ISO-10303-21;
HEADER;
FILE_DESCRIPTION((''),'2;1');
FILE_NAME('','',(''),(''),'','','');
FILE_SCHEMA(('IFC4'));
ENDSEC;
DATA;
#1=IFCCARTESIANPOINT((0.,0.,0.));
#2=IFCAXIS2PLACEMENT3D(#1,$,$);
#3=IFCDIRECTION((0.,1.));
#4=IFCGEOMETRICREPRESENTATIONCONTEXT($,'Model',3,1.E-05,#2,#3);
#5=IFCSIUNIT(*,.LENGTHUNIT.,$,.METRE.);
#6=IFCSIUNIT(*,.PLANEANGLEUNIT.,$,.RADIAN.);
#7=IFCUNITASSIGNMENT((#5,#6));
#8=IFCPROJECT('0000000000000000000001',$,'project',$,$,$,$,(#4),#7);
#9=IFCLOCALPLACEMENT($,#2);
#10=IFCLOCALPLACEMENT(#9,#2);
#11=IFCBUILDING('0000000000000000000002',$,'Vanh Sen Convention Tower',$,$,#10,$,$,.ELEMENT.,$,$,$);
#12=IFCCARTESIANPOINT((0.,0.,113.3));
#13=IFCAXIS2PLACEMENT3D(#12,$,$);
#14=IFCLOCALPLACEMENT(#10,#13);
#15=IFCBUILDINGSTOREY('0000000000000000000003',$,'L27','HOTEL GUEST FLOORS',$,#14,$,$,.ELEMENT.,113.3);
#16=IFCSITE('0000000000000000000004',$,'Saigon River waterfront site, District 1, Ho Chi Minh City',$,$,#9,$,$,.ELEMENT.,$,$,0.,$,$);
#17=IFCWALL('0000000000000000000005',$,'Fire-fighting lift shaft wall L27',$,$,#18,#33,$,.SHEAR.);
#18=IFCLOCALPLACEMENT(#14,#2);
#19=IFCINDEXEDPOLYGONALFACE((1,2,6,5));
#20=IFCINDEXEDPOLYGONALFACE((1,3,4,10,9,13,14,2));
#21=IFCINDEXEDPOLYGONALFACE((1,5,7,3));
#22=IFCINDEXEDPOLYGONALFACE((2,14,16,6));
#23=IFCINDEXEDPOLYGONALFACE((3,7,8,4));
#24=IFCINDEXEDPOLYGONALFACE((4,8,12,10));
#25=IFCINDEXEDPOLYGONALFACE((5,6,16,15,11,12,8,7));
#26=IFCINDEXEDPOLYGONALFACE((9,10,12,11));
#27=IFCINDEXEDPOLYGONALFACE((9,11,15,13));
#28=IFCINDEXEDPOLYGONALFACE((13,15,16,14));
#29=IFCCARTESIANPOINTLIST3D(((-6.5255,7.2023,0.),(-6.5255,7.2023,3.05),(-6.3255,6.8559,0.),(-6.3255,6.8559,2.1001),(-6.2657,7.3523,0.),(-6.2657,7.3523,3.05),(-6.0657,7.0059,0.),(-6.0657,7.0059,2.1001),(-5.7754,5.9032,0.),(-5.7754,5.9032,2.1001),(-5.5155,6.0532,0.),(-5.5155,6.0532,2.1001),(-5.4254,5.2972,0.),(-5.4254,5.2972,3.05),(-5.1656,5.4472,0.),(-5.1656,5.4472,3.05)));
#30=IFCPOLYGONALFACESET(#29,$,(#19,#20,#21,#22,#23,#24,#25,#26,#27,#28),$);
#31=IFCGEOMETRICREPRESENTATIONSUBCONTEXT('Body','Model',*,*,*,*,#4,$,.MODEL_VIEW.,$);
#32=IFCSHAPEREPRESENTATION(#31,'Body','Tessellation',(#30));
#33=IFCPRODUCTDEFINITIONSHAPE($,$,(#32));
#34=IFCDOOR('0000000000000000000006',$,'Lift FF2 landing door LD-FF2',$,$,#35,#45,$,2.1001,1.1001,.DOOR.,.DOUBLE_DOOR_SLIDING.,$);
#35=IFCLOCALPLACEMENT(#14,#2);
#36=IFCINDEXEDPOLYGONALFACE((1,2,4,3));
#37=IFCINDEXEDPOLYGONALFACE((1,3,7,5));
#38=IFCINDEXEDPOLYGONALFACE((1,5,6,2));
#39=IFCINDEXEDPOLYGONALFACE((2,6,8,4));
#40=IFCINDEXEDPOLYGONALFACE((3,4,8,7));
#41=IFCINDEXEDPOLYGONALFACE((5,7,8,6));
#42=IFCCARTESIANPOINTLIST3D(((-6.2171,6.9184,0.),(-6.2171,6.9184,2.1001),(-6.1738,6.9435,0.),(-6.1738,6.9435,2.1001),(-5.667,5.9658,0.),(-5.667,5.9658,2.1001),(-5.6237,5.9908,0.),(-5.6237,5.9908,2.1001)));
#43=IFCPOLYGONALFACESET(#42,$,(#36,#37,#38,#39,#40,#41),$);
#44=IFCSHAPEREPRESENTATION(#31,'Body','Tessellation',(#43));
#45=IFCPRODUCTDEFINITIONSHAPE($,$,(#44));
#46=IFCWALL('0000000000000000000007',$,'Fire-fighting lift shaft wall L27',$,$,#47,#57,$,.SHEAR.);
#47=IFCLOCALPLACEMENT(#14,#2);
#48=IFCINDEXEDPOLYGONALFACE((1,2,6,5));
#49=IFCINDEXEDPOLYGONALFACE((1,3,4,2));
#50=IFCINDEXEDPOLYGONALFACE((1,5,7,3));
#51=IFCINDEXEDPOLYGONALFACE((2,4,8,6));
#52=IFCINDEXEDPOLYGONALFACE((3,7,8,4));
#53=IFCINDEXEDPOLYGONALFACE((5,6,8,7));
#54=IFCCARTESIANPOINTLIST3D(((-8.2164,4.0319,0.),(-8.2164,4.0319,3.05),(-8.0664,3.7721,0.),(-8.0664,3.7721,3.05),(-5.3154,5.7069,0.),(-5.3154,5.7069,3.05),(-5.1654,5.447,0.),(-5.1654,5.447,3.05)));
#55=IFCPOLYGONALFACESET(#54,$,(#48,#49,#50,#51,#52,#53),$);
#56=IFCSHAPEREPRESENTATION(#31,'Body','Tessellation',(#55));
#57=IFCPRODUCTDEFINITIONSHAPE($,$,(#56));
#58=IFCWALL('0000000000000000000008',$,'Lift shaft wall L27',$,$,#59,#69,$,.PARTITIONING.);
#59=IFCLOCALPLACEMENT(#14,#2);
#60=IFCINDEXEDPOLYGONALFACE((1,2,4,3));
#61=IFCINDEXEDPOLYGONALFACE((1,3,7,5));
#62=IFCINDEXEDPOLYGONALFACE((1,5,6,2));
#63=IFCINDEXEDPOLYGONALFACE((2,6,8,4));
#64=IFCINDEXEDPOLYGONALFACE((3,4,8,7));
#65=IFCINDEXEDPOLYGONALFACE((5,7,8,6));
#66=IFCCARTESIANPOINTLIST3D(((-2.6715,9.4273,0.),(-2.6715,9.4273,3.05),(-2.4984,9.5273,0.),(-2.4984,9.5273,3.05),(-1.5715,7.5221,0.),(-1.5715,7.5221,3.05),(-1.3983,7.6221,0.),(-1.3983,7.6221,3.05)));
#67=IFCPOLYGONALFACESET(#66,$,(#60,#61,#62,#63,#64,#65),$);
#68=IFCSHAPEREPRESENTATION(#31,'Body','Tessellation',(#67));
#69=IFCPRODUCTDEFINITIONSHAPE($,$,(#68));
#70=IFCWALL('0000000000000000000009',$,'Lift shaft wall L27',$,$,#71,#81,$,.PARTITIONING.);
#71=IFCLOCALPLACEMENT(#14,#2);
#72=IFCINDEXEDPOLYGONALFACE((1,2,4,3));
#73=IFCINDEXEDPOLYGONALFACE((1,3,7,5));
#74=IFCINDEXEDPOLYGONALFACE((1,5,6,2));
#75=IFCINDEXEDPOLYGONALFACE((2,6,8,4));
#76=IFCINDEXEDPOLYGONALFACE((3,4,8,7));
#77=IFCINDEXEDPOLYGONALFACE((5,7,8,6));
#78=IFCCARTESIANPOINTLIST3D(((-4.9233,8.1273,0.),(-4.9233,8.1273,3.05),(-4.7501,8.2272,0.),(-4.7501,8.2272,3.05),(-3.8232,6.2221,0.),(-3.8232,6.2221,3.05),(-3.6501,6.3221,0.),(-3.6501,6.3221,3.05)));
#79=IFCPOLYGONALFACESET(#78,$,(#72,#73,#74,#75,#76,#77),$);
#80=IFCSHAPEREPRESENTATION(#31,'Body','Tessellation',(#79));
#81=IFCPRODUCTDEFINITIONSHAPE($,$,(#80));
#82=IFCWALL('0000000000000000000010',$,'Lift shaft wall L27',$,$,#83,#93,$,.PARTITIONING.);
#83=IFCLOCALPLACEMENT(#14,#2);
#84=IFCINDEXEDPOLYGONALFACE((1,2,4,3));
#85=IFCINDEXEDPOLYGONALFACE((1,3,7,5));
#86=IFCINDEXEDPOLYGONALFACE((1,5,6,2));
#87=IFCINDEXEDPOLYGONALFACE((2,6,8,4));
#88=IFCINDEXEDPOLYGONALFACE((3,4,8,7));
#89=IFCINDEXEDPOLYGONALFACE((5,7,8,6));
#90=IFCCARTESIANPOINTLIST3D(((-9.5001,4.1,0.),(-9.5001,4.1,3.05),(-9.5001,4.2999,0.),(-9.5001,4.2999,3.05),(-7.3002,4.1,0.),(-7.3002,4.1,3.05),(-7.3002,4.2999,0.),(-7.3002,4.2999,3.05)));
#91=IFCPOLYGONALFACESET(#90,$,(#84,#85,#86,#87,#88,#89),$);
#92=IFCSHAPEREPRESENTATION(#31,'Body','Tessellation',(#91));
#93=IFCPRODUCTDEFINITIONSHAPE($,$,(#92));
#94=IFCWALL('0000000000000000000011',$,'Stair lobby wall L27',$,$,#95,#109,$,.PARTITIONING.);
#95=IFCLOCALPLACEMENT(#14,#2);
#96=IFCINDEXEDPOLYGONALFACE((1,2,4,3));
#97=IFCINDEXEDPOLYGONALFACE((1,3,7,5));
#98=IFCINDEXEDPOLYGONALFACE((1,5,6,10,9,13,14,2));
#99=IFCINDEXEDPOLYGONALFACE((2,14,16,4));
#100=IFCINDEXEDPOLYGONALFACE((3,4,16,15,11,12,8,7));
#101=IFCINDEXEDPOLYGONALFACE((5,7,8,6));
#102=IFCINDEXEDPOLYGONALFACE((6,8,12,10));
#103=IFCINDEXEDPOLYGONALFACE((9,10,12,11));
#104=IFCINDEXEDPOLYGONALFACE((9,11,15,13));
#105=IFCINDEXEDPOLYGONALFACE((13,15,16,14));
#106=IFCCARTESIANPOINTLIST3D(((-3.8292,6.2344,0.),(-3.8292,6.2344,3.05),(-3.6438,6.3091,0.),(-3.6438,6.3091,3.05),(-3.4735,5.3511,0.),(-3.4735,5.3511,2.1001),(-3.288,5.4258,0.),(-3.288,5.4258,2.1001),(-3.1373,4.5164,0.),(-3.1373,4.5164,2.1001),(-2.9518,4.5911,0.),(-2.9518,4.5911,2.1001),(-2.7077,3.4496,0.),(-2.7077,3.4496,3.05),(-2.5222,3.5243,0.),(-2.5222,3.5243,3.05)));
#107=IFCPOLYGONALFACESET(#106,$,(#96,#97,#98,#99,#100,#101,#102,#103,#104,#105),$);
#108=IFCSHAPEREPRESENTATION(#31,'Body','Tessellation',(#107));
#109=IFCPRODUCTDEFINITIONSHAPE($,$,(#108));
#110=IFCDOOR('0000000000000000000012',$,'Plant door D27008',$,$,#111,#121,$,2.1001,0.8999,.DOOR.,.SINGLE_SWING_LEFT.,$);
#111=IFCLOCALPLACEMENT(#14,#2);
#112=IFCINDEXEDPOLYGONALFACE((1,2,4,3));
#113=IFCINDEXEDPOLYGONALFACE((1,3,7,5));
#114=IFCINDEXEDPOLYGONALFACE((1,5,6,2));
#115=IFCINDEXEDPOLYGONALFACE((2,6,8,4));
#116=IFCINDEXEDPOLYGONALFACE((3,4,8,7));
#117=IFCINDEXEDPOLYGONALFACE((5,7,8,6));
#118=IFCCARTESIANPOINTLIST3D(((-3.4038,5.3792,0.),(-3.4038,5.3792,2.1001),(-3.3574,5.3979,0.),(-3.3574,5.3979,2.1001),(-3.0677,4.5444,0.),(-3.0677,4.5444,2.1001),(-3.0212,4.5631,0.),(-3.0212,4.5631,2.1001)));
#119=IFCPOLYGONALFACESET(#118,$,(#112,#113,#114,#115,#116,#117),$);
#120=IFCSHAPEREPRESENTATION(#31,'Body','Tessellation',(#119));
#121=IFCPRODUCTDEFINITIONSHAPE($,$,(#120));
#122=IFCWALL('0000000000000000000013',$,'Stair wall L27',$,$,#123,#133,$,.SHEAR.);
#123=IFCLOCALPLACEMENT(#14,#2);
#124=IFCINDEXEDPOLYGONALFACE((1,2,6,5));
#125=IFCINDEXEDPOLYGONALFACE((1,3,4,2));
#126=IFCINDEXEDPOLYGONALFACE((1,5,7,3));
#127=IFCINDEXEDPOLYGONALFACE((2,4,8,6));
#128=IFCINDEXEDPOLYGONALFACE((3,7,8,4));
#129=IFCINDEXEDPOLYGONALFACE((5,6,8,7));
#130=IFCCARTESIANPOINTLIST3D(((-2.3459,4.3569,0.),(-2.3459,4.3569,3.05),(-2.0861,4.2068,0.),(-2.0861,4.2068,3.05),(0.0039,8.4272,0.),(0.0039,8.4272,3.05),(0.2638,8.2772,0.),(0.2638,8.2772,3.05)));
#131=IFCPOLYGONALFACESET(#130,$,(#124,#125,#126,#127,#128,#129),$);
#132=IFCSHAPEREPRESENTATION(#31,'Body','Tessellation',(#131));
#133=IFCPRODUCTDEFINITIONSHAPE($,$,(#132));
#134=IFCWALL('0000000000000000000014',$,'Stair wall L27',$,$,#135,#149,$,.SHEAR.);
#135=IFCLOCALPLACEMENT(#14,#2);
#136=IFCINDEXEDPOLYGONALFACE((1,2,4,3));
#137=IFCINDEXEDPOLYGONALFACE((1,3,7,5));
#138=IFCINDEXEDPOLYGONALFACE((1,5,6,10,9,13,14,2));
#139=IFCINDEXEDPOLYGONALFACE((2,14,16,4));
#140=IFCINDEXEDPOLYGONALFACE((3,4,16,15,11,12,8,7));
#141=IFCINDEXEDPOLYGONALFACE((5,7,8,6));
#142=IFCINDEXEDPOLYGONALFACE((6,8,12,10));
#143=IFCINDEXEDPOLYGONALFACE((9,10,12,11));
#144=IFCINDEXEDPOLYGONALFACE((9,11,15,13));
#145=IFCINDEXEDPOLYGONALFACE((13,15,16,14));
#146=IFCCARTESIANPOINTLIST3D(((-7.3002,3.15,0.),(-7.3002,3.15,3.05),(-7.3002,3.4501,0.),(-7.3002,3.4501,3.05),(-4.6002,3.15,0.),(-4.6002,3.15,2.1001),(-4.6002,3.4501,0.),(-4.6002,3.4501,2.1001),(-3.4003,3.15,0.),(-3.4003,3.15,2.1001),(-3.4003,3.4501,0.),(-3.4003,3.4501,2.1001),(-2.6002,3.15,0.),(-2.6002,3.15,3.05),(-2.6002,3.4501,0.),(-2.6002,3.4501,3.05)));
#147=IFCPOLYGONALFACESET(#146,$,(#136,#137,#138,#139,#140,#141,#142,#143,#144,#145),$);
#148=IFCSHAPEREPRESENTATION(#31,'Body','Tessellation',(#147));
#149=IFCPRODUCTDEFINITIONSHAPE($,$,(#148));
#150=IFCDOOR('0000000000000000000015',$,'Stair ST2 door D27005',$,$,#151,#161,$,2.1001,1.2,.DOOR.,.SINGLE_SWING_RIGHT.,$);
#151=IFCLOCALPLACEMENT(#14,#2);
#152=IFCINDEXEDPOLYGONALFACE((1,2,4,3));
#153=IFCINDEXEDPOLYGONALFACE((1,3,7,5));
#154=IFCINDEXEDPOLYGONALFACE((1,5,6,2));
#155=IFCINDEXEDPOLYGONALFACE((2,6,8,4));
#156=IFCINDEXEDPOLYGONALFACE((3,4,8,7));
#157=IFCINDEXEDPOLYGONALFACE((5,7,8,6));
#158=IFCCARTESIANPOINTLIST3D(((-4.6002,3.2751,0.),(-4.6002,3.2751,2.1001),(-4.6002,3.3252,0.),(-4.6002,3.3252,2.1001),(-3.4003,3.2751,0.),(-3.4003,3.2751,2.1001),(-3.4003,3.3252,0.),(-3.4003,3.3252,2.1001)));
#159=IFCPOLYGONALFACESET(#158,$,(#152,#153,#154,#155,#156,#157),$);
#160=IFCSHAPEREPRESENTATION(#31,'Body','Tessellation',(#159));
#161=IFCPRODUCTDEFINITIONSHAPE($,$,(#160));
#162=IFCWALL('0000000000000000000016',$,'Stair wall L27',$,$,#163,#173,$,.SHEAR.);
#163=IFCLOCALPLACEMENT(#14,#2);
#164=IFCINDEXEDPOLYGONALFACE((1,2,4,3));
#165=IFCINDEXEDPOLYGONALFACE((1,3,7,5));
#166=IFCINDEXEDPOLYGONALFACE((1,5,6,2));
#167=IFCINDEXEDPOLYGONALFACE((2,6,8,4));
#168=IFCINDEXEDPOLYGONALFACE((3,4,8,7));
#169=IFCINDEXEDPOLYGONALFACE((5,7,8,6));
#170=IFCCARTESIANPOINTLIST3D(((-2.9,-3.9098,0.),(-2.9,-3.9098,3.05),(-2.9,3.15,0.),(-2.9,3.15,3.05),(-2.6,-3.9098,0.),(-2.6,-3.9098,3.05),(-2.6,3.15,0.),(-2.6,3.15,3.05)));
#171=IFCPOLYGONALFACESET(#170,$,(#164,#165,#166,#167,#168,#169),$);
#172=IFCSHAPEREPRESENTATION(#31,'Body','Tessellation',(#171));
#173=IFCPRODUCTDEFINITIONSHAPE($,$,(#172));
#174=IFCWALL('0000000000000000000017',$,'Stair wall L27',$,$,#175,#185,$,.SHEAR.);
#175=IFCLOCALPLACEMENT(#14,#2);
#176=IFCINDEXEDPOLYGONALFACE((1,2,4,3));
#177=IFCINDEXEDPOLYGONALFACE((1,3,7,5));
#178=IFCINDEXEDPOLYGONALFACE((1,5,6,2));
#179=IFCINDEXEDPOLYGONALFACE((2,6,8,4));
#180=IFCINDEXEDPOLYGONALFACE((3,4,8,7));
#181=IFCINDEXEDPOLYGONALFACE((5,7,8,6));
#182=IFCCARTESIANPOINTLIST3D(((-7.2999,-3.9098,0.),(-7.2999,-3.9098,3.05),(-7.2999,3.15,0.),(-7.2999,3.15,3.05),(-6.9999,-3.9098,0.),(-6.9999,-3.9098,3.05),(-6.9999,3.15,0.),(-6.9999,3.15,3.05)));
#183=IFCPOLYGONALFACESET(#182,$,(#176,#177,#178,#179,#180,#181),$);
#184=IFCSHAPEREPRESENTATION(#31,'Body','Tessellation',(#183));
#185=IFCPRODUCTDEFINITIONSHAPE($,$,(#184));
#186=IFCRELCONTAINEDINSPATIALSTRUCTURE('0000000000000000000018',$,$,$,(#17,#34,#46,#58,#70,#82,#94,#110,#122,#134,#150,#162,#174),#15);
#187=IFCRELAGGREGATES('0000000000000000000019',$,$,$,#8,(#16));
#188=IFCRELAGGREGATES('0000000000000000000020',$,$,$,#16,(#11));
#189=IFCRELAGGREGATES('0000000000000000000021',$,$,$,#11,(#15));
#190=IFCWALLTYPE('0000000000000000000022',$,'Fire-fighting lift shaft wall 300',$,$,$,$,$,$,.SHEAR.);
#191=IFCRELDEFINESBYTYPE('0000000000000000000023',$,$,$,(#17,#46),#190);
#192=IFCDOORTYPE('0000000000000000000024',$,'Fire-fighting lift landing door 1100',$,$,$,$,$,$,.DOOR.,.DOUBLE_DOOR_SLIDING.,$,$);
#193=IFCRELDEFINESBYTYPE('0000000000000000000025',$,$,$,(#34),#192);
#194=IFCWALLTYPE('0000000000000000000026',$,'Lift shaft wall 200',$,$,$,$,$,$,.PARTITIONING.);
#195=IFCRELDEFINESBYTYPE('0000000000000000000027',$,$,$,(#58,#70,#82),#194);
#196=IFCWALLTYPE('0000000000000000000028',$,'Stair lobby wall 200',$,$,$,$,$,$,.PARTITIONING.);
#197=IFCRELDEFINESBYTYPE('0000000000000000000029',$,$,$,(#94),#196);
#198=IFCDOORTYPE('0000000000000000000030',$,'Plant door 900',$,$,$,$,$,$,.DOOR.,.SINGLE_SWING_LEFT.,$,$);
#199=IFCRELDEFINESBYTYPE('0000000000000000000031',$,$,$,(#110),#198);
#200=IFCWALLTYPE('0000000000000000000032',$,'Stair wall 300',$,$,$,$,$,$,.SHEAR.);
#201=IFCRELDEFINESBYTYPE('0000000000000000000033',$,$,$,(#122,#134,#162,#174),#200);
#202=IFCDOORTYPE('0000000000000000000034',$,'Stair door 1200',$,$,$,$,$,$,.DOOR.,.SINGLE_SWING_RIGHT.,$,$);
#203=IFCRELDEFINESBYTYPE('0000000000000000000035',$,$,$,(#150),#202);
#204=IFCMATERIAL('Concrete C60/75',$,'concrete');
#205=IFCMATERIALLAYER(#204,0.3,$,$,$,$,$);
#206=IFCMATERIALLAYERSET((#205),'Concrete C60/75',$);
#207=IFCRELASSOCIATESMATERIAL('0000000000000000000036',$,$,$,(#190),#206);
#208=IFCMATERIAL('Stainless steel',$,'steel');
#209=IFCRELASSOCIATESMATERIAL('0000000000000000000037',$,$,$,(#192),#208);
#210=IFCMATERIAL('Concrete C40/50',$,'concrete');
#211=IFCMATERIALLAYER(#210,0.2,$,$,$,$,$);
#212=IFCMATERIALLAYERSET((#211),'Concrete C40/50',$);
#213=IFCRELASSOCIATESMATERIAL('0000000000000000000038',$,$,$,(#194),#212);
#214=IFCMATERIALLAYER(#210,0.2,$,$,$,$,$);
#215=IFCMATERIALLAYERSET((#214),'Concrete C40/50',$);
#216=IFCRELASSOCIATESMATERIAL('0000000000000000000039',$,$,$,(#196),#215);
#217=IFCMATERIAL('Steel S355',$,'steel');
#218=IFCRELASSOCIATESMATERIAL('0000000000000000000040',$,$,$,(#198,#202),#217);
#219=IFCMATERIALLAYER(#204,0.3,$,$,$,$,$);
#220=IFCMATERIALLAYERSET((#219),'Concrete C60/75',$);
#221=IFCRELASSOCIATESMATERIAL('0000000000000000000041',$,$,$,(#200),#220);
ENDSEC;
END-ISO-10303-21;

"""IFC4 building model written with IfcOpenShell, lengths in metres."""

from ifc_helpers import new_model, si_unit, direction, frame, frame_2d, origin, place, context, subcontext, project, spatial, rectangle, extrude, material, layer, layer_set, type_object, element, fill, save


model = new_model("IFC4")

# Units and contexts
model_context = context("Model", 3, precision=1e-05, world=origin(), true_north=direction((0.0, 1.0)))
body_context = subcontext(model_context, "Body", "Model", "MODEL_VIEW")
ifc_project = project(units=[si_unit("LENGTHUNIT", "METRE"), si_unit("PLANEANGLEUNIT", "RADIAN")], contexts=[model_context])

# Site, building, storey
site_placement = place(None, origin())
site = spatial("IfcSite", under=ifc_project, at=site_placement, Name="Saigon River waterfront site, District 1, Ho Chi Minh City", CompositionType="ELEMENT", RefElevation=0.0)
building_placement = place(site_placement, origin())
building = spatial("IfcBuilding", under=site, at=building_placement, Name="Vanh Sen Convention Tower", CompositionType="ELEMENT")
storey_placement = place(building_placement, frame((0.0, 0.0, 113.3)))
storey = spatial("IfcBuildingStorey", under=building, at=storey_placement, Name="L27", Description="HOTEL GUEST FLOORS", CompositionType="ELEMENT", Elevation=113.3)

# Wall, opening, door
ifc_material_1 = material(Name="Concrete C60/75", Category="concrete")
ifc_layer_1 = layer(ifc_material_1, 0.3)
ifc_layer_set_1 = layer_set([ifc_layer_1], Name="Concrete C60/75")
wall_type_1 = type_object("IfcWallType", Name="Fire-fighting lift shaft wall 300", PredefinedType="SHEAR", material=ifc_layer_set_1)
wall_1_placement = place(storey_placement, frame((-5.2954, 5.3721, 0.0), z_axis=(0.0, 0.0, 1.0), x_axis=(-0.500078, 0.86598, 0.0)))
wall_1 = element("IfcWall", 1, at=wall_1_placement, inside=storey, type_object=wall_type_1, Name="Fire-fighting lift shaft wall L27", PredefinedType="SHEAR", context=body_context, shape_type="SweptSolid", body=[
    extrude(rectangle(XDim=2.2, YDim=0.3, at=frame_2d((1.1001, 0.0))), origin(), (0.0, 0.0, 1.0), 3.05),
])
opening_1_placement = place(wall_1_placement, frame((0.7, 0.0, 0.0)))
opening_1 = element("IfcOpeningElement", 2, at=opening_1_placement, cuts=wall_1, PredefinedType="OPENING", context=body_context, shape_type="SweptSolid", body=[
    extrude(rectangle(XDim=1.1001, YDim=2.1001, at=frame_2d((0.55, 1.05))), frame((0.0, 0.1599, 0.0), z_axis=(0.0, -1.0, 0.0), x_axis=(1.0, 0.0, 0.0)), (0.0, 0.0, 1.0), 0.3201),
])
ifc_material_2 = material(Name="Stainless steel", Category="steel")
door_type_1 = type_object("IfcDoorType", Name="Fire-fighting lift landing door 1100", OperationType="DOUBLE_DOOR_SLIDING", PredefinedType="DOOR", material=ifc_material_2)
door_1_placement = place(opening_1_placement, origin())
door_1 = element("IfcDoor", 3, at=door_1_placement, inside=storey, type_object=door_type_1, Name="Lift FF2 landing door LD-FF2", OperationType="DOUBLE_DOOR_SLIDING", OverallHeight=2.1001, OverallWidth=1.1001, PredefinedType="DOOR", context=body_context, shape_type="SweptSolid", body=[
    extrude(rectangle(XDim=1.1001, YDim=2.1001, at=frame_2d((0.55, 1.05))), frame((0.0, 0.0249, 0.0), z_axis=(0.0, -1.0, 0.0), x_axis=(1.0, 0.0, 0.0)), (0.0, 0.0, 1.0), 0.05),
])
fill(opening_1, door_1)

# Walls
wall_2_placement = place(storey_placement, frame((-5.2405, 5.5769, 0.0), z_axis=(0.0, 0.0, 1.0), x_axis=(-0.866014, -0.500019, 0.0)))
element("IfcWall", 4, at=wall_2_placement, inside=storey, type_object=wall_type_1, Name="Fire-fighting lift shaft wall L27", PredefinedType="SHEAR", context=body_context, shape_type="SweptSolid", body=[
    extrude(rectangle(XDim=3.3499, YDim=0.3, at=frame_2d((1.6748, 0.0))), origin(), (0.0, 0.0, 1.0), 3.05),
])
ifc_material_3 = material(Name="Concrete C40/50", Category="concrete")
ifc_layer_2 = layer(ifc_material_3, 0.2)
ifc_layer_set_2 = layer_set([ifc_layer_2], Name="Concrete C40/50")
wall_type_2 = type_object("IfcWallType", Name="Lift shaft wall 200", PredefinedType="PARTITIONING", material=ifc_layer_set_2)
for number, where, z_axis, x_axis, name in (
    (5, (-1.4849, 7.572, 0.0), (0.0, 0.0, 1.0), (-0.50003, 0.866008, 0.0), "Lift shaft wall L27"),
    (6, (-3.7366, 6.272, 0.0), (0.0, 0.0, 1.0), (-0.50003, 0.866008, 0.0), "Lift shaft wall L27"),
    (7, (-7.3, 4.2, 0.0), (0.0, 0.0, 1.0), (-1.0, 0.0, 0.0), "Lift shaft wall L27"),
):
    element("IfcWall", number, at=place(storey_placement, frame(where, z_axis=z_axis, x_axis=x_axis)), inside=storey, type_object=wall_type_2, Name=name, PredefinedType="PARTITIONING", context=body_context, shape_type="SweptSolid", body=[
        extrude(rectangle(XDim=2.2, YDim=0.2, at=frame_2d((1.1001, 0.0))), origin(), (0.0, 0.0, 1.0), 3.05),
    ])

# Wall, opening, door
ifc_layer_3 = layer(ifc_material_3, 0.2)
ifc_layer_set_3 = layer_set([ifc_layer_3], Name="Concrete C40/50")
wall_type_3 = type_object("IfcWallType", Name="Stair lobby wall 200", PredefinedType="PARTITIONING", material=ifc_layer_set_3)
wall_3_placement = place(storey_placement, frame((-2.615, 3.4871, 0.0), z_axis=(0.0, 0.0, 1.0), x_axis=(-0.373577, 0.927599, 0.0)))
wall_3 = element("IfcWall", 8, at=wall_3_placement, inside=storey, type_object=wall_type_3, Name="Stair lobby wall L27", PredefinedType="PARTITIONING", context=body_context, shape_type="SweptSolid", body=[
    extrude(rectangle(XDim=3.0022, YDim=0.2, at=frame_2d((1.501, 0.0))), origin(), (0.0, 0.0, 1.0), 3.05),
])
opening_2_placement = place(wall_3_placement, frame((1.1499, 0.0, 0.0)))
opening_2 = element("IfcOpeningElement", 9, at=opening_2_placement, cuts=wall_3, PredefinedType="OPENING", context=body_context, shape_type="SweptSolid", body=[
    extrude(rectangle(XDim=0.8999, YDim=2.1001, at=frame_2d((0.45, 1.05))), frame((0.0, 0.1099, 0.0), z_axis=(0.0, -1.0, 0.0), x_axis=(1.0, 0.0, 0.0)), (0.0, 0.0, 1.0), 0.22),
])
ifc_material_4 = material(Name="Steel S355", Category="steel")
door_type_2 = type_object("IfcDoorType", Name="Plant door 900", OperationType="SINGLE_SWING_LEFT", PredefinedType="DOOR", material=ifc_material_4)
door_2_placement = place(opening_2_placement, origin())
door_2 = element("IfcDoor", 10, at=door_2_placement, inside=storey, type_object=door_type_2, Name="Plant door D27008", OperationType="SINGLE_SWING_LEFT", OverallHeight=2.1001, OverallWidth=0.8999, PredefinedType="DOOR", context=body_context, shape_type="SweptSolid", body=[
    extrude(rectangle(XDim=0.8999, YDim=2.1001, at=frame_2d((0.45, 1.05))), frame((0.0, 0.0249, 0.0), z_axis=(0.0, -1.0, 0.0), x_axis=(1.0, 0.0, 0.0)), (0.0, 0.0, 1.0), 0.05),
])
fill(opening_2, door_2)

# Wall
ifc_layer_4 = layer(ifc_material_1, 0.3)
ifc_layer_set_4 = layer_set([ifc_layer_4], Name="Concrete C60/75")
wall_type_4 = type_object("IfcWallType", Name="Stair wall 300", PredefinedType="SHEAR", material=ifc_layer_set_4)
wall_4_placement = place(storey_placement, frame((-2.2161, 4.2817, 0.0), z_axis=(0.0, 0.0, 1.0), x_axis=(0.499977, 0.866039, 0.0)))
element("IfcWall", 11, at=wall_4_placement, inside=storey, type_object=wall_type_4, Name="Stair wall L27", PredefinedType="SHEAR", context=body_context, shape_type="SweptSolid", body=[
    extrude(rectangle(XDim=4.7, YDim=0.3, at=frame_2d((2.3501, 0.0))), origin(), (0.0, 0.0, 1.0), 3.05),
])

# Wall, opening, door
wall_5_placement = place(storey_placement, frame((-2.6001, 3.3, 0.0), z_axis=(0.0, 0.0, 1.0), x_axis=(-1.0, 0.0, 0.0)))
wall_5 = element("IfcWall", 12, at=wall_5_placement, inside=storey, type_object=wall_type_4, Name="Stair wall L27", PredefinedType="SHEAR", context=body_context, shape_type="SweptSolid", body=[
    extrude(rectangle(XDim=4.7, YDim=0.3, at=frame_2d((2.3501, 0.0))), origin(), (0.0, 0.0, 1.0), 3.05),
])
opening_3_placement = place(wall_5_placement, frame((0.8, 0.0, 0.0)))
opening_3 = element("IfcOpeningElement", 13, at=opening_3_placement, cuts=wall_5, PredefinedType="OPENING", context=body_context, shape_type="SweptSolid", body=[
    extrude(rectangle(XDim=1.2, YDim=2.1001, at=frame_2d((0.6001, 1.05))), frame((0.0, 0.1599, 0.0), z_axis=(0.0, -1.0, 0.0), x_axis=(1.0, 0.0, 0.0)), (0.0, 0.0, 1.0), 0.3201),
])
door_type_3 = type_object("IfcDoorType", Name="Stair door 1200", OperationType="SINGLE_SWING_RIGHT", PredefinedType="DOOR", material=ifc_material_4)
door_3_placement = place(opening_3_placement, origin())
door_3 = element("IfcDoor", 14, at=door_3_placement, inside=storey, type_object=door_type_3, Name="Stair ST2 door D27005", OperationType="SINGLE_SWING_RIGHT", OverallHeight=2.1001, OverallWidth=1.2, PredefinedType="DOOR", context=body_context, shape_type="SweptSolid", body=[
    extrude(rectangle(XDim=1.2, YDim=2.1001, at=frame_2d((0.6001, 1.05))), frame((0.0, 0.0249, 0.0), z_axis=(0.0, -1.0, 0.0), x_axis=(1.0, 0.0, 0.0)), (0.0, 0.0, 1.0), 0.05),
])
fill(opening_3, door_3)

# Walls
for number, where, z_axis, x_axis, name in (
    (15, (-2.75, 3.1499, 0.0), (0.0, 0.0, 1.0), (0.0, -1.0, 0.0), "Stair wall L27"),
    (16, (-7.1499, 3.1499, 0.0), (0.0, 0.0, 1.0), (0.0, -1.0, 0.0), "Stair wall L27"),
):
    element("IfcWall", number, at=place(storey_placement, frame(where, z_axis=z_axis, x_axis=x_axis)), inside=storey, type_object=wall_type_4, Name=name, PredefinedType="SHEAR", context=body_context, shape_type="SweptSolid", body=[
        extrude(rectangle(XDim=7.0598, YDim=0.3, at=frame_2d((3.5298, 0.0))), origin(), (0.0, 0.0, 1.0), 3.05),
    ])

save(model, "model.ifc")
